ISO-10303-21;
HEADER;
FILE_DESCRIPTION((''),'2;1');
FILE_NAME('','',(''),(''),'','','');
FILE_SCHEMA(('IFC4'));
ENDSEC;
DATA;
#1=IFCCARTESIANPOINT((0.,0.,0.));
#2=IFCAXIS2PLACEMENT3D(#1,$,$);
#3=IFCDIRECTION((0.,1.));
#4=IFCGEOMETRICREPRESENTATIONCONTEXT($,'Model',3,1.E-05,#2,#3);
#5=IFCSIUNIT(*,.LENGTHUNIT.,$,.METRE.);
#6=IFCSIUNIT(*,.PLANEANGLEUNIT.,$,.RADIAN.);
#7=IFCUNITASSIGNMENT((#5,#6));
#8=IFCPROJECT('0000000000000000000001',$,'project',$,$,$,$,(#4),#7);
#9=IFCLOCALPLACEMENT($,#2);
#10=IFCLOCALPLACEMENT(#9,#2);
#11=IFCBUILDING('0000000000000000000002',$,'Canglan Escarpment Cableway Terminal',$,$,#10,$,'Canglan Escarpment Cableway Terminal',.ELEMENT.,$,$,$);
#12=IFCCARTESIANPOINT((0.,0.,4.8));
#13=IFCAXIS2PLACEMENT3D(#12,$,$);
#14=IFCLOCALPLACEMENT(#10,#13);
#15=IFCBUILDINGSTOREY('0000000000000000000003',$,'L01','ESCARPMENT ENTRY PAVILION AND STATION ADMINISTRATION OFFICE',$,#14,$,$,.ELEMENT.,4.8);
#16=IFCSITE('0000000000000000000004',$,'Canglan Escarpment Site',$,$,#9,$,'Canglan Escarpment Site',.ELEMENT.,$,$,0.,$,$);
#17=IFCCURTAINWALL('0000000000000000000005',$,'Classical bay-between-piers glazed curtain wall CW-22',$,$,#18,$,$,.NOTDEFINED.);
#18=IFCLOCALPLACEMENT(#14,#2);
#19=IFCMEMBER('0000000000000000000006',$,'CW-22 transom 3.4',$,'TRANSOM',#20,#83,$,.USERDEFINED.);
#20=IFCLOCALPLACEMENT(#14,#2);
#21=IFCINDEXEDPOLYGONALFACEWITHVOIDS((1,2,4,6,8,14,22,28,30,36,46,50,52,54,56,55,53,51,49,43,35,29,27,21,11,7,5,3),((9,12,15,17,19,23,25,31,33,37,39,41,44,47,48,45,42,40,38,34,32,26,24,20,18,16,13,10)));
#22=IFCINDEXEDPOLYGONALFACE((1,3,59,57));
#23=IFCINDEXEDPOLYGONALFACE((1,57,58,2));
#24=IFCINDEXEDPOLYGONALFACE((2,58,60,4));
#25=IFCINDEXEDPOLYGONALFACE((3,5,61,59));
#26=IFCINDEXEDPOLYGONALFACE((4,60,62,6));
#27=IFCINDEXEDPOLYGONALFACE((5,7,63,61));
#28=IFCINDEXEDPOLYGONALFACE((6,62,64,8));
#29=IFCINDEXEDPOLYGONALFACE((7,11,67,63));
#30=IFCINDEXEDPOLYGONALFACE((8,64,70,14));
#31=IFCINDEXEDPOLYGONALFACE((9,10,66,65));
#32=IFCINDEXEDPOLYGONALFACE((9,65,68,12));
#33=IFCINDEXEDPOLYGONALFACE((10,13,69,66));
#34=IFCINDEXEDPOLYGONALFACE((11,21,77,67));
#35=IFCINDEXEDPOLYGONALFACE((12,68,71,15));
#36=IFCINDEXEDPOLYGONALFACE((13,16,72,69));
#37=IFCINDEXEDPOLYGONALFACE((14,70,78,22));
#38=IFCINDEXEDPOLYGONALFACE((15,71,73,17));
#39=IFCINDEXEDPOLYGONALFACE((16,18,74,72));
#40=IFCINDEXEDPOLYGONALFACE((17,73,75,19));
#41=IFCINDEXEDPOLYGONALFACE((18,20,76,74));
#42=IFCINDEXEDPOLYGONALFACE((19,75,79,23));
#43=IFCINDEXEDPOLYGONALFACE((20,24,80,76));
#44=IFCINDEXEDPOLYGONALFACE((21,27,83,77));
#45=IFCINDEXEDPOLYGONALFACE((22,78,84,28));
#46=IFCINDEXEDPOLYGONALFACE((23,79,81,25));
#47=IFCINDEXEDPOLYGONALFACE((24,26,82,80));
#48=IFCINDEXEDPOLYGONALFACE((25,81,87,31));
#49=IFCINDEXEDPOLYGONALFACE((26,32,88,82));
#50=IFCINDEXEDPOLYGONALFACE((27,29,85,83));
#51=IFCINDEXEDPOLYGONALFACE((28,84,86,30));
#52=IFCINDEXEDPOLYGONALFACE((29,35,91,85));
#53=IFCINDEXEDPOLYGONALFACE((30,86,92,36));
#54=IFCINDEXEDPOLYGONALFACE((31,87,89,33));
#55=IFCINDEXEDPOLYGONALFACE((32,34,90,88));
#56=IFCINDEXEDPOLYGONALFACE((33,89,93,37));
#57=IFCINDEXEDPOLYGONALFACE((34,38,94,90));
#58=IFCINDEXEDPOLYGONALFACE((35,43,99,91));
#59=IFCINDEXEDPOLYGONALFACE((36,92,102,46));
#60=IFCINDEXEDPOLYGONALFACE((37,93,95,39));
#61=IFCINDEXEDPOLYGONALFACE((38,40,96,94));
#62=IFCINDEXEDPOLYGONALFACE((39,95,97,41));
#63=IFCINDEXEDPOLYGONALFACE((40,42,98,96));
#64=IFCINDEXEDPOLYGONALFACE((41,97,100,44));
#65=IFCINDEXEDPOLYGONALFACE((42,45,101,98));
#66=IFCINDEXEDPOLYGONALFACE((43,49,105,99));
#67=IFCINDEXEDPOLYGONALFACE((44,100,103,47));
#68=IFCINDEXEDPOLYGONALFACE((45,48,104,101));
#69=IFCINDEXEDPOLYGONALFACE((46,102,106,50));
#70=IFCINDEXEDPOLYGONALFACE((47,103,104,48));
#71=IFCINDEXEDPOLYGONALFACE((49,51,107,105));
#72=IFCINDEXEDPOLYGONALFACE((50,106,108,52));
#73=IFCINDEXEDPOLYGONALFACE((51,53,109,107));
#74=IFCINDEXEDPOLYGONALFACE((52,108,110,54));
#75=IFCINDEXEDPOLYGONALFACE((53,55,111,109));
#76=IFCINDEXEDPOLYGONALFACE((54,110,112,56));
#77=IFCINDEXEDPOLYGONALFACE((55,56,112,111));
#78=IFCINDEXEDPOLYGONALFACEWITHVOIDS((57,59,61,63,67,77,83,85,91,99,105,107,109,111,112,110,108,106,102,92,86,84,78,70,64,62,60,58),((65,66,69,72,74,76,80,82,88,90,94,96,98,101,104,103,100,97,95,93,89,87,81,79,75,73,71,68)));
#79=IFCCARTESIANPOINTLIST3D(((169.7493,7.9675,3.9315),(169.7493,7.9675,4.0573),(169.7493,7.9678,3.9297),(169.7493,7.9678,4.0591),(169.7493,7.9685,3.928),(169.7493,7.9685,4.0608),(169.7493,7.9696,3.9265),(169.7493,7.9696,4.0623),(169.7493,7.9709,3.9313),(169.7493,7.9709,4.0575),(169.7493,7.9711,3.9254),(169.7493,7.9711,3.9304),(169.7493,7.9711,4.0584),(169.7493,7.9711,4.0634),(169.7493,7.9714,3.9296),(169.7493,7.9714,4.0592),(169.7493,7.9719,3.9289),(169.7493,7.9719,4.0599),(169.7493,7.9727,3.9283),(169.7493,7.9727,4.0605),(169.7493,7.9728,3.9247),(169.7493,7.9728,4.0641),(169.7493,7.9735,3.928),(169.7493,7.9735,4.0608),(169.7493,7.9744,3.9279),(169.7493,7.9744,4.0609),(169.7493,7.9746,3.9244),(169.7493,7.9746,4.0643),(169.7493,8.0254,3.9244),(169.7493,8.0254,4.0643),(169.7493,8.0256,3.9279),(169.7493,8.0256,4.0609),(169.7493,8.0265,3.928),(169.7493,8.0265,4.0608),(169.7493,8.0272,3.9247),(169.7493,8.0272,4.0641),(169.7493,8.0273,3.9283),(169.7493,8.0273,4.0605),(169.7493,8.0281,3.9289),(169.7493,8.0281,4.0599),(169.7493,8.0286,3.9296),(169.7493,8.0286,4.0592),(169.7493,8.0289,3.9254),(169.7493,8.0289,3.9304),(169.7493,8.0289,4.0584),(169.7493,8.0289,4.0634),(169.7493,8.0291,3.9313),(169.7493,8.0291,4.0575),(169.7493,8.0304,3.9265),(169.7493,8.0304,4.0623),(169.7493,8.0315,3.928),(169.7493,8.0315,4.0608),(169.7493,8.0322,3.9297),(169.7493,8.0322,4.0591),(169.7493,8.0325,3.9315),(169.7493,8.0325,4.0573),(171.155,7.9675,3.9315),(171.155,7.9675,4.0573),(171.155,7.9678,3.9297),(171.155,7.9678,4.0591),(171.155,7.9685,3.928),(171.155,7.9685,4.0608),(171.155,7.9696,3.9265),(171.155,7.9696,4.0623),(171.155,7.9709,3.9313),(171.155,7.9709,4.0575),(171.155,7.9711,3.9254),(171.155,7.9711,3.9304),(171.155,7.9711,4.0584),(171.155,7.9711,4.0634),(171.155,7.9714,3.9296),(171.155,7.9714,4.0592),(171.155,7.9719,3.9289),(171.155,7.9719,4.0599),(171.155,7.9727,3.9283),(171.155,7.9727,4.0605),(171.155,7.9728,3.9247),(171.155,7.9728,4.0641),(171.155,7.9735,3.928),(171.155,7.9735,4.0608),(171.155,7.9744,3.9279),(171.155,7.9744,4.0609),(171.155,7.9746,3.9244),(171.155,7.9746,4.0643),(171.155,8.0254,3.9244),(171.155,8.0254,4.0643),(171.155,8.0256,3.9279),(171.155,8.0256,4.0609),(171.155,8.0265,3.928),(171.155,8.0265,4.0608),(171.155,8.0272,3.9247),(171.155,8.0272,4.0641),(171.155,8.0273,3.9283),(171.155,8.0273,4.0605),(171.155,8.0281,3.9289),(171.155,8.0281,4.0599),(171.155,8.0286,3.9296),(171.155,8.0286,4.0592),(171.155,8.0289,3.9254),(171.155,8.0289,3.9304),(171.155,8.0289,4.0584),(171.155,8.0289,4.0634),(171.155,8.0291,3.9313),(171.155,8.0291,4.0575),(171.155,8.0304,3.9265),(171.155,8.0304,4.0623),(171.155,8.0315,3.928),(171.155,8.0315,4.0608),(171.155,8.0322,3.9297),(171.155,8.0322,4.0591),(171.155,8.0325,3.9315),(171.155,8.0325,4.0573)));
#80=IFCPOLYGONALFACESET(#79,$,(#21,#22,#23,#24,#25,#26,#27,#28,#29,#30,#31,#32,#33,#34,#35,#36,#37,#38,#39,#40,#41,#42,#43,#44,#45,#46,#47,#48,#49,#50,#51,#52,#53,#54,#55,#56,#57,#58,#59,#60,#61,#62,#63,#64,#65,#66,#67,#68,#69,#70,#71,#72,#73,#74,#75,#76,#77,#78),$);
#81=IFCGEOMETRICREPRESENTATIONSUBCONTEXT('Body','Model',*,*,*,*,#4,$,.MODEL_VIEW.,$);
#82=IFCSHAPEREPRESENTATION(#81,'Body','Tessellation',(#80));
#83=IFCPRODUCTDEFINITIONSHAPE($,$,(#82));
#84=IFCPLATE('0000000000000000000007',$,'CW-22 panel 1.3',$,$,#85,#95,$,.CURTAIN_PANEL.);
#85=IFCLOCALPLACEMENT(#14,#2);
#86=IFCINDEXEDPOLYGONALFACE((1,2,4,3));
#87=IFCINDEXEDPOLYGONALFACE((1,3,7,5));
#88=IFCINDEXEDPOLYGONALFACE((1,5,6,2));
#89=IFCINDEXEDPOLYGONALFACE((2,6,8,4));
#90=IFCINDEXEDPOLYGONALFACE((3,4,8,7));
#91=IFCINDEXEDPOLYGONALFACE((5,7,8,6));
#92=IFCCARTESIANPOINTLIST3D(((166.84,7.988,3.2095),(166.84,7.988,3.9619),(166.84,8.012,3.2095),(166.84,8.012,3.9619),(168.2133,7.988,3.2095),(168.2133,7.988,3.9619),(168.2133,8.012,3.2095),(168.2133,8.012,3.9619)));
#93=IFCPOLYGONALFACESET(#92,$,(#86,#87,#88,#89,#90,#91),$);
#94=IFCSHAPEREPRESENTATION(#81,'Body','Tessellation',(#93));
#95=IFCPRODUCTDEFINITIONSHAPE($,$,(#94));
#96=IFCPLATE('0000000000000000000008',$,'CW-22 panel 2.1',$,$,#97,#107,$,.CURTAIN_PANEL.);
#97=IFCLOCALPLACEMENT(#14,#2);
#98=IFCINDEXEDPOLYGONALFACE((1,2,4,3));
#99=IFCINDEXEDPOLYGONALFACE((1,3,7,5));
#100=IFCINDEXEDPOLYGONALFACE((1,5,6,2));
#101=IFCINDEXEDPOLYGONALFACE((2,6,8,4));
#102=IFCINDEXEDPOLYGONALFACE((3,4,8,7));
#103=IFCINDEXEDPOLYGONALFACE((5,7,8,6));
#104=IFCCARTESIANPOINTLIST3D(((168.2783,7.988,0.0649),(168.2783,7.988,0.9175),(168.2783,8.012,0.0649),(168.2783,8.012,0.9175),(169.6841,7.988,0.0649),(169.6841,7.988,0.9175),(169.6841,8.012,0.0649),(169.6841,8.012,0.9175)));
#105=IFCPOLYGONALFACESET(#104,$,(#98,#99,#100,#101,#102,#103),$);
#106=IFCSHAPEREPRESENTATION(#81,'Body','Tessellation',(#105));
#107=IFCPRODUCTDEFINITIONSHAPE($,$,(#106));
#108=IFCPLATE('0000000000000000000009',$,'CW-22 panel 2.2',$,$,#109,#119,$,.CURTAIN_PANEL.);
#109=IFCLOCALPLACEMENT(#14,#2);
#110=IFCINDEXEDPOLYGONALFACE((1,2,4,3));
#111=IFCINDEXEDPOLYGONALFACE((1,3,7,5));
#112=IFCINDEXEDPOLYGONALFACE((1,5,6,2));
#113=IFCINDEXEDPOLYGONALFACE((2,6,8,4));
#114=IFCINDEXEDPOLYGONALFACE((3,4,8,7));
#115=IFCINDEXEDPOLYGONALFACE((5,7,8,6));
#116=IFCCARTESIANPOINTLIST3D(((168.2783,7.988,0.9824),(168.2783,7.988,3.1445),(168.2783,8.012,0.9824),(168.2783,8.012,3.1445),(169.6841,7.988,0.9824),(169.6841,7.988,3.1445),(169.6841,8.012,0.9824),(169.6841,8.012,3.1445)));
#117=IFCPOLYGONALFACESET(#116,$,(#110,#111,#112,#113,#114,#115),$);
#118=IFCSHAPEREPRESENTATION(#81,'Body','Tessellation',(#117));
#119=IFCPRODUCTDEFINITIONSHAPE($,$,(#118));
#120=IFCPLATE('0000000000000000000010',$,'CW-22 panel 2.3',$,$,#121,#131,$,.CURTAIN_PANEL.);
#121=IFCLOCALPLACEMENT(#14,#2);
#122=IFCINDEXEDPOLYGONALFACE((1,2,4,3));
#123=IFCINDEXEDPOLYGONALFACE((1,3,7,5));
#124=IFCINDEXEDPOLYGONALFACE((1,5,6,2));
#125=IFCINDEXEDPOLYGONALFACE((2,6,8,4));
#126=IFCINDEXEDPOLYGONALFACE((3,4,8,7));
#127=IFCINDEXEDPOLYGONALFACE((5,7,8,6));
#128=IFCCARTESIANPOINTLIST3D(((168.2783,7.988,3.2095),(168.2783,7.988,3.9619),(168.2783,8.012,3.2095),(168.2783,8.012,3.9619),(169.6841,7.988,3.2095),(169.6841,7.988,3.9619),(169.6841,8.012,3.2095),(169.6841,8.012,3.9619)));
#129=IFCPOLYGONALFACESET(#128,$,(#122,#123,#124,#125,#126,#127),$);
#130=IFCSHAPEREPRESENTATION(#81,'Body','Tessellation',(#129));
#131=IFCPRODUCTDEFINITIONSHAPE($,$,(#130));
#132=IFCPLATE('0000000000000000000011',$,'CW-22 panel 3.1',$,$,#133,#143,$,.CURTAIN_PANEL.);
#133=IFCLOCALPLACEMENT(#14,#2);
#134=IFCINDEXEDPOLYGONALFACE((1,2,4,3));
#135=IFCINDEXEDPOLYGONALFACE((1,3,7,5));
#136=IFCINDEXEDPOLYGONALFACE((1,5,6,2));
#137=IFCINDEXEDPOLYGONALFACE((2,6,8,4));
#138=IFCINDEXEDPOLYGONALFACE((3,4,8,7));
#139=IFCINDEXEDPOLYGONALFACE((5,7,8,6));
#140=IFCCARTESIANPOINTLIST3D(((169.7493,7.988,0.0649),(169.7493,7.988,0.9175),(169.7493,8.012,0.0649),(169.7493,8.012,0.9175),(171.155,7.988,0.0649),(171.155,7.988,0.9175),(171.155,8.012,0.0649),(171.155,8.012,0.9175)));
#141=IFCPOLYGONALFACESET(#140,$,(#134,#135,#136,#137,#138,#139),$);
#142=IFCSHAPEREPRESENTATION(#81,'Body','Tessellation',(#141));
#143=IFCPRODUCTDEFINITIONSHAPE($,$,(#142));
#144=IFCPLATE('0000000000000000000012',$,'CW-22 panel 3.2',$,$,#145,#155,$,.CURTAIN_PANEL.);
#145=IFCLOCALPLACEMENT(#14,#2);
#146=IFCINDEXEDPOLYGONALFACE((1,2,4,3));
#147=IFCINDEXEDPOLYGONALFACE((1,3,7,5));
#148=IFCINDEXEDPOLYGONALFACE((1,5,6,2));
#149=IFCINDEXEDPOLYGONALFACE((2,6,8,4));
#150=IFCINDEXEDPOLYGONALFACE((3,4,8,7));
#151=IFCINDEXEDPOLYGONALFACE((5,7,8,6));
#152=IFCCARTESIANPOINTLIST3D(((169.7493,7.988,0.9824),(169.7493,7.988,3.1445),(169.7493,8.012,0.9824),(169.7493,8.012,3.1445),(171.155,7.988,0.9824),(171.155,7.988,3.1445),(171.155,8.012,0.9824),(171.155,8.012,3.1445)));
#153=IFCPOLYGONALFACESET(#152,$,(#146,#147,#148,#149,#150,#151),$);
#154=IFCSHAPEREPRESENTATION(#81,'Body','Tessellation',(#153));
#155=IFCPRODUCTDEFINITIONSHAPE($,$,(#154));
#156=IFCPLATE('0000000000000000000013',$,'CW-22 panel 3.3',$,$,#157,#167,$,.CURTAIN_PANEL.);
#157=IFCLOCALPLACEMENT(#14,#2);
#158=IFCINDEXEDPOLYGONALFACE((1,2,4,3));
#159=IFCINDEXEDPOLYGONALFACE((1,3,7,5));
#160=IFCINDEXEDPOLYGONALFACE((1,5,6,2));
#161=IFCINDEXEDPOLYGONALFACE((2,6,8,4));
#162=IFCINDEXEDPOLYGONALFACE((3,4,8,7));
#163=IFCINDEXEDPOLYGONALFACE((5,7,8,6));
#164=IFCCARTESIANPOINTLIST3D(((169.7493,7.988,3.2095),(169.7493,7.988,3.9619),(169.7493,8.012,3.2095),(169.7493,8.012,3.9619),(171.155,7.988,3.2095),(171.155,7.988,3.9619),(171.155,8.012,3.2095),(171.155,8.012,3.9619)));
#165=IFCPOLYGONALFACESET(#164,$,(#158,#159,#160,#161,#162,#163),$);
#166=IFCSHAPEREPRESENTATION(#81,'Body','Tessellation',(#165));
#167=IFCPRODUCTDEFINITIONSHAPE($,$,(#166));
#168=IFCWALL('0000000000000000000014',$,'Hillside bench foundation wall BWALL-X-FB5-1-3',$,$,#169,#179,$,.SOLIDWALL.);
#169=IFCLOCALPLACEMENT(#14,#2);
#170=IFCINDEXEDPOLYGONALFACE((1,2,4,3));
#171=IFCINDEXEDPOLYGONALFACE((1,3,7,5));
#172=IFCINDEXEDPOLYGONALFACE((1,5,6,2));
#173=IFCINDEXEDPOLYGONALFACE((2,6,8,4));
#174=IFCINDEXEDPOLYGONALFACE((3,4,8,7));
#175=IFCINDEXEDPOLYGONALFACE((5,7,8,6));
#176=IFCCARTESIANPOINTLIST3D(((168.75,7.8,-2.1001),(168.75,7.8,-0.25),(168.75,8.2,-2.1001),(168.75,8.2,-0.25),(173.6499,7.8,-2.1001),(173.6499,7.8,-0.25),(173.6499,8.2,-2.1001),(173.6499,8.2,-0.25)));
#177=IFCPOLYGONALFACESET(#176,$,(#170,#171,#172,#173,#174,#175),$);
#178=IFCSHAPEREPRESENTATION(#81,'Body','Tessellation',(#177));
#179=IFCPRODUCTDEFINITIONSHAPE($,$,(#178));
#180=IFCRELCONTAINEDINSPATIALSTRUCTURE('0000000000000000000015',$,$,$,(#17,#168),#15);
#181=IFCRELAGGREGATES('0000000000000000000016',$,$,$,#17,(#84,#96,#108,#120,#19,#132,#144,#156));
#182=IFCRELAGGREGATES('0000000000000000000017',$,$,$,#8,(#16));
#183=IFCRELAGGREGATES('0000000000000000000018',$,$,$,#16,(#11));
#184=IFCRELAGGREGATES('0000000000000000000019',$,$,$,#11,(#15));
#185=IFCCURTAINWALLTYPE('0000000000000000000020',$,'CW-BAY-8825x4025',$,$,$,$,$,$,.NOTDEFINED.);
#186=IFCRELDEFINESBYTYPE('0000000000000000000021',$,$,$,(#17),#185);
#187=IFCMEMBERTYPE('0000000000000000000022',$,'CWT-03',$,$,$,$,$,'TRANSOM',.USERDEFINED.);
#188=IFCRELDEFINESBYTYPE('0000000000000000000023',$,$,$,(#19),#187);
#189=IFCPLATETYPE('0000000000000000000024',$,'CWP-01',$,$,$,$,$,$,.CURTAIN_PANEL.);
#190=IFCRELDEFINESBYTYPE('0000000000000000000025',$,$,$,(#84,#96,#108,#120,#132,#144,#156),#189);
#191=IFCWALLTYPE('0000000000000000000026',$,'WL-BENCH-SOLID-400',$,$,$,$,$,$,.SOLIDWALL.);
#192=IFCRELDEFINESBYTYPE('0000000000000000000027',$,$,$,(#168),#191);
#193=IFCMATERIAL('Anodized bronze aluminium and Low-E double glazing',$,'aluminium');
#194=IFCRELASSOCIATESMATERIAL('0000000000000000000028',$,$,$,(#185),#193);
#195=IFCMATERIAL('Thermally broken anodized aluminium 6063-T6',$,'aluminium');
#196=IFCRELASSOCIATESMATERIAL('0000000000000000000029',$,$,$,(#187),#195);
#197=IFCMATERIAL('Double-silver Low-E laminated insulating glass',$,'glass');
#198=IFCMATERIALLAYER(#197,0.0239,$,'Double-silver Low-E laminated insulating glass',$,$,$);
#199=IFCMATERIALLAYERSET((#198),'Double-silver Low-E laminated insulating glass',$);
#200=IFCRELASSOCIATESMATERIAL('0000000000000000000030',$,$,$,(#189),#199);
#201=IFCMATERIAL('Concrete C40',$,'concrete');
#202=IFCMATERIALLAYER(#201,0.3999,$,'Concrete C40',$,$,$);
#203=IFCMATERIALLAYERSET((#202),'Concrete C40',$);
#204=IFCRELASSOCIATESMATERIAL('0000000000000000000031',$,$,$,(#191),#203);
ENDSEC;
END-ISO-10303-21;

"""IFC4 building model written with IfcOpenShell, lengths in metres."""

from ifc_helpers import new_model, si_unit, direction, frame, frame_2d, origin, origin_2d, place, context, subcontext, project, spatial, rectangle, hollow_rectangle, extrude, material, layer, layer_set, material_profile, profile_set, type_object, element, aggregate, save


model = new_model("IFC4")

# Units and contexts
model_context = context("Model", 3, precision=1e-05, world=origin(), true_north=direction((0.0, 1.0)))
body_context = subcontext(model_context, "Body", "Model", "MODEL_VIEW")
ifc_project = project(units=[si_unit("LENGTHUNIT", "METRE"), si_unit("PLANEANGLEUNIT", "RADIAN")], contexts=[model_context])

# Site, building, storey
site_placement = place(None, origin())
site = spatial("IfcSite", under=ifc_project, at=site_placement, Name="Canglan Escarpment Site", LongName="Canglan Escarpment Site", CompositionType="ELEMENT", RefElevation=0.0)
building_placement = place(site_placement, origin())
building = spatial("IfcBuilding", under=site, at=building_placement, Name="Canglan Escarpment Cableway Terminal", LongName="Canglan Escarpment Cableway Terminal", CompositionType="ELEMENT")
storey_placement = place(building_placement, frame((0.0, 0.0, 4.8)))
storey = spatial("IfcBuildingStorey", under=building, at=storey_placement, Name="L01", Description="ESCARPMENT ENTRY PAVILION AND STATION ADMINISTRATION OFFICE", CompositionType="ELEMENT", Elevation=4.8)

# Shared definitions
ifc_material_1 = material(Name="Concrete C40", Category="concrete")

# Curtain wall, member, plates
ifc_material_2 = material(Name="Anodized bronze aluminium and Low-E double glazing", Category="aluminium")
curtain_wall_type = type_object("IfcCurtainWallType", Name="CW-BAY-8825x4025", PredefinedType="NOTDEFINED", material=ifc_material_2)
curtain_wall_placement = place(storey_placement, origin())
curtain_wall = element("IfcCurtainWall", 1, at=curtain_wall_placement, inside=storey, type_object=curtain_wall_type, Name="Classical bay-between-piers glazed curtain wall CW-22", PredefinedType="NOTDEFINED")
ifc_material_3 = material(Name="Thermally broken anodized aluminium 6063-T6", Category="aluminium")
ifc_material_profile_1 = material_profile(ifc_material_3, hollow_rectangle(XDim=0.0649, YDim=0.1399, WallThickness=0.0034, InnerFilletRadius=0.0034, OuterFilletRadius=0.0071, at=origin_2d()), Name="ALU-TRAN 65x140x3.5")
ifc_profile_set_1 = profile_set([ifc_material_profile_1], Name="Thermally broken anodized aluminium 6063-T6")
member_type_1 = type_object("IfcMemberType", Name="CWT-03", ElementType="TRANSOM", PredefinedType="USERDEFINED", material=ifc_profile_set_1)
member_1_placement = place(storey_placement, frame((169.7493, 8.0, 3.9944), z_axis=(1.0, 0.0, 0.0), x_axis=(0.0, 1.0, 0.0)))
member_1 = element("IfcMember", 2, at=member_1_placement, type_object=member_type_1, Name="CW-22 transom 3.4", ObjectType="TRANSOM", PredefinedType="USERDEFINED", context=body_context, shape_type="SweptSolid", body=[
    extrude(hollow_rectangle(XDim=0.0649, YDim=0.1399, WallThickness=0.0034, InnerFilletRadius=0.0034, OuterFilletRadius=0.0071, at=origin_2d()), origin(), (0.0, 0.0, 1.0), 1.4058),
])
ifc_material_4 = material(Name="Double-silver Low-E laminated insulating glass", Category="glass")
ifc_layer_1 = layer(ifc_material_4, 0.0239, Name="Double-silver Low-E laminated insulating glass")
ifc_layer_set_1 = layer_set([ifc_layer_1], Name="Double-silver Low-E laminated insulating glass")
plate_type = type_object("IfcPlateType", Name="CWP-01", PredefinedType="CURTAIN_PANEL", material=ifc_layer_set_1)
plate_1_placement = place(storey_placement, frame((167.5266, 8.0, 3.2095), z_axis=(0.0, 0.0, 1.0), x_axis=(1.0, 0.0, 0.0)))
plate_1 = element("IfcPlate", 3, at=plate_1_placement, type_object=plate_type, Name="CW-22 panel 1.3", PredefinedType="CURTAIN_PANEL", context=body_context, shape_type="SweptSolid", body=[
    extrude(rectangle(XDim=1.3733, YDim=0.0239, at=origin_2d()), origin(), (0.0, 0.0, 1.0), 0.7524),
])
plate_2_placement = place(storey_placement, frame((168.9812, 8.0, 0.0649), z_axis=(0.0, 0.0, 1.0), x_axis=(1.0, 0.0, 0.0)))
plate_2 = element("IfcPlate", 4, at=plate_2_placement, type_object=plate_type, Name="CW-22 panel 2.1", PredefinedType="CURTAIN_PANEL", context=body_context, shape_type="SweptSolid", body=[
    extrude(rectangle(XDim=1.4058, YDim=0.0239, at=origin_2d()), origin(), (0.0, 0.0, 1.0), 0.8525),
])
plate_3_placement = place(storey_placement, frame((168.9812, 8.0, 0.9824), z_axis=(0.0, 0.0, 1.0), x_axis=(1.0, 0.0, 0.0)))
plate_3 = element("IfcPlate", 5, at=plate_3_placement, type_object=plate_type, Name="CW-22 panel 2.2", PredefinedType="CURTAIN_PANEL", context=body_context, shape_type="SweptSolid", body=[
    extrude(rectangle(XDim=1.4058, YDim=0.0239, at=origin_2d()), origin(), (0.0, 0.0, 1.0), 2.1621),
])
plate_4_placement = place(storey_placement, frame((168.9812, 8.0, 3.2095), z_axis=(0.0, 0.0, 1.0), x_axis=(1.0, 0.0, 0.0)))
plate_4 = element("IfcPlate", 6, at=plate_4_placement, type_object=plate_type, Name="CW-22 panel 2.3", PredefinedType="CURTAIN_PANEL", context=body_context, shape_type="SweptSolid", body=[
    extrude(rectangle(XDim=1.4058, YDim=0.0239, at=origin_2d()), origin(), (0.0, 0.0, 1.0), 0.7524),
])
plate_5_placement = place(storey_placement, frame((170.4521, 8.0, 0.0649), z_axis=(0.0, 0.0, 1.0), x_axis=(1.0, 0.0, 0.0)))
plate_5 = element("IfcPlate", 7, at=plate_5_placement, type_object=plate_type, Name="CW-22 panel 3.1", PredefinedType="CURTAIN_PANEL", context=body_context, shape_type="SweptSolid", body=[
    extrude(rectangle(XDim=1.4058, YDim=0.0239, at=origin_2d()), origin(), (0.0, 0.0, 1.0), 0.8525),
])
plate_6_placement = place(storey_placement, frame((170.4521, 8.0, 0.9824), z_axis=(0.0, 0.0, 1.0), x_axis=(1.0, 0.0, 0.0)))
plate_6 = element("IfcPlate", 8, at=plate_6_placement, type_object=plate_type, Name="CW-22 panel 3.2", PredefinedType="CURTAIN_PANEL", context=body_context, shape_type="SweptSolid", body=[
    extrude(rectangle(XDim=1.4058, YDim=0.0239, at=origin_2d()), origin(), (0.0, 0.0, 1.0), 2.1621),
])
plate_7_placement = place(storey_placement, frame((170.4521, 8.0, 3.2095), z_axis=(0.0, 0.0, 1.0), x_axis=(1.0, 0.0, 0.0)))
plate_7 = element("IfcPlate", 9, at=plate_7_placement, type_object=plate_type, Name="CW-22 panel 3.3", PredefinedType="CURTAIN_PANEL", context=body_context, shape_type="SweptSolid", body=[
    extrude(rectangle(XDim=1.4058, YDim=0.0239, at=origin_2d()), origin(), (0.0, 0.0, 1.0), 0.7524),
])
aggregate(curtain_wall, [plate_1, plate_2, plate_3, plate_4, member_1, plate_5, plate_6, plate_7])

# Wall
ifc_layer_2 = layer(ifc_material_1, 0.3999, Name="Concrete C40")
ifc_layer_set_2 = layer_set([ifc_layer_2], Name="Concrete C40")
wall_type = type_object("IfcWallType", Name="WL-BENCH-SOLID-400", PredefinedType="SOLIDWALL", material=ifc_layer_set_2)
wall_placement = place(storey_placement, frame((168.75, 8.0, -2.1001), z_axis=(0.0, 0.0, 1.0), x_axis=(1.0, 0.0, 0.0)))
element("IfcWall", 10, at=wall_placement, inside=storey, type_object=wall_type, Name="Hillside bench foundation wall BWALL-X-FB5-1-3", PredefinedType="SOLIDWALL", context=body_context, shape_type="SweptSolid", body=[
    extrude(rectangle(XDim=4.8999, YDim=0.3999, at=frame_2d((2.45, 0.0))), origin(), (0.0, 0.0, 1.0), 1.8501),
])

save(model, "model.ifc")
